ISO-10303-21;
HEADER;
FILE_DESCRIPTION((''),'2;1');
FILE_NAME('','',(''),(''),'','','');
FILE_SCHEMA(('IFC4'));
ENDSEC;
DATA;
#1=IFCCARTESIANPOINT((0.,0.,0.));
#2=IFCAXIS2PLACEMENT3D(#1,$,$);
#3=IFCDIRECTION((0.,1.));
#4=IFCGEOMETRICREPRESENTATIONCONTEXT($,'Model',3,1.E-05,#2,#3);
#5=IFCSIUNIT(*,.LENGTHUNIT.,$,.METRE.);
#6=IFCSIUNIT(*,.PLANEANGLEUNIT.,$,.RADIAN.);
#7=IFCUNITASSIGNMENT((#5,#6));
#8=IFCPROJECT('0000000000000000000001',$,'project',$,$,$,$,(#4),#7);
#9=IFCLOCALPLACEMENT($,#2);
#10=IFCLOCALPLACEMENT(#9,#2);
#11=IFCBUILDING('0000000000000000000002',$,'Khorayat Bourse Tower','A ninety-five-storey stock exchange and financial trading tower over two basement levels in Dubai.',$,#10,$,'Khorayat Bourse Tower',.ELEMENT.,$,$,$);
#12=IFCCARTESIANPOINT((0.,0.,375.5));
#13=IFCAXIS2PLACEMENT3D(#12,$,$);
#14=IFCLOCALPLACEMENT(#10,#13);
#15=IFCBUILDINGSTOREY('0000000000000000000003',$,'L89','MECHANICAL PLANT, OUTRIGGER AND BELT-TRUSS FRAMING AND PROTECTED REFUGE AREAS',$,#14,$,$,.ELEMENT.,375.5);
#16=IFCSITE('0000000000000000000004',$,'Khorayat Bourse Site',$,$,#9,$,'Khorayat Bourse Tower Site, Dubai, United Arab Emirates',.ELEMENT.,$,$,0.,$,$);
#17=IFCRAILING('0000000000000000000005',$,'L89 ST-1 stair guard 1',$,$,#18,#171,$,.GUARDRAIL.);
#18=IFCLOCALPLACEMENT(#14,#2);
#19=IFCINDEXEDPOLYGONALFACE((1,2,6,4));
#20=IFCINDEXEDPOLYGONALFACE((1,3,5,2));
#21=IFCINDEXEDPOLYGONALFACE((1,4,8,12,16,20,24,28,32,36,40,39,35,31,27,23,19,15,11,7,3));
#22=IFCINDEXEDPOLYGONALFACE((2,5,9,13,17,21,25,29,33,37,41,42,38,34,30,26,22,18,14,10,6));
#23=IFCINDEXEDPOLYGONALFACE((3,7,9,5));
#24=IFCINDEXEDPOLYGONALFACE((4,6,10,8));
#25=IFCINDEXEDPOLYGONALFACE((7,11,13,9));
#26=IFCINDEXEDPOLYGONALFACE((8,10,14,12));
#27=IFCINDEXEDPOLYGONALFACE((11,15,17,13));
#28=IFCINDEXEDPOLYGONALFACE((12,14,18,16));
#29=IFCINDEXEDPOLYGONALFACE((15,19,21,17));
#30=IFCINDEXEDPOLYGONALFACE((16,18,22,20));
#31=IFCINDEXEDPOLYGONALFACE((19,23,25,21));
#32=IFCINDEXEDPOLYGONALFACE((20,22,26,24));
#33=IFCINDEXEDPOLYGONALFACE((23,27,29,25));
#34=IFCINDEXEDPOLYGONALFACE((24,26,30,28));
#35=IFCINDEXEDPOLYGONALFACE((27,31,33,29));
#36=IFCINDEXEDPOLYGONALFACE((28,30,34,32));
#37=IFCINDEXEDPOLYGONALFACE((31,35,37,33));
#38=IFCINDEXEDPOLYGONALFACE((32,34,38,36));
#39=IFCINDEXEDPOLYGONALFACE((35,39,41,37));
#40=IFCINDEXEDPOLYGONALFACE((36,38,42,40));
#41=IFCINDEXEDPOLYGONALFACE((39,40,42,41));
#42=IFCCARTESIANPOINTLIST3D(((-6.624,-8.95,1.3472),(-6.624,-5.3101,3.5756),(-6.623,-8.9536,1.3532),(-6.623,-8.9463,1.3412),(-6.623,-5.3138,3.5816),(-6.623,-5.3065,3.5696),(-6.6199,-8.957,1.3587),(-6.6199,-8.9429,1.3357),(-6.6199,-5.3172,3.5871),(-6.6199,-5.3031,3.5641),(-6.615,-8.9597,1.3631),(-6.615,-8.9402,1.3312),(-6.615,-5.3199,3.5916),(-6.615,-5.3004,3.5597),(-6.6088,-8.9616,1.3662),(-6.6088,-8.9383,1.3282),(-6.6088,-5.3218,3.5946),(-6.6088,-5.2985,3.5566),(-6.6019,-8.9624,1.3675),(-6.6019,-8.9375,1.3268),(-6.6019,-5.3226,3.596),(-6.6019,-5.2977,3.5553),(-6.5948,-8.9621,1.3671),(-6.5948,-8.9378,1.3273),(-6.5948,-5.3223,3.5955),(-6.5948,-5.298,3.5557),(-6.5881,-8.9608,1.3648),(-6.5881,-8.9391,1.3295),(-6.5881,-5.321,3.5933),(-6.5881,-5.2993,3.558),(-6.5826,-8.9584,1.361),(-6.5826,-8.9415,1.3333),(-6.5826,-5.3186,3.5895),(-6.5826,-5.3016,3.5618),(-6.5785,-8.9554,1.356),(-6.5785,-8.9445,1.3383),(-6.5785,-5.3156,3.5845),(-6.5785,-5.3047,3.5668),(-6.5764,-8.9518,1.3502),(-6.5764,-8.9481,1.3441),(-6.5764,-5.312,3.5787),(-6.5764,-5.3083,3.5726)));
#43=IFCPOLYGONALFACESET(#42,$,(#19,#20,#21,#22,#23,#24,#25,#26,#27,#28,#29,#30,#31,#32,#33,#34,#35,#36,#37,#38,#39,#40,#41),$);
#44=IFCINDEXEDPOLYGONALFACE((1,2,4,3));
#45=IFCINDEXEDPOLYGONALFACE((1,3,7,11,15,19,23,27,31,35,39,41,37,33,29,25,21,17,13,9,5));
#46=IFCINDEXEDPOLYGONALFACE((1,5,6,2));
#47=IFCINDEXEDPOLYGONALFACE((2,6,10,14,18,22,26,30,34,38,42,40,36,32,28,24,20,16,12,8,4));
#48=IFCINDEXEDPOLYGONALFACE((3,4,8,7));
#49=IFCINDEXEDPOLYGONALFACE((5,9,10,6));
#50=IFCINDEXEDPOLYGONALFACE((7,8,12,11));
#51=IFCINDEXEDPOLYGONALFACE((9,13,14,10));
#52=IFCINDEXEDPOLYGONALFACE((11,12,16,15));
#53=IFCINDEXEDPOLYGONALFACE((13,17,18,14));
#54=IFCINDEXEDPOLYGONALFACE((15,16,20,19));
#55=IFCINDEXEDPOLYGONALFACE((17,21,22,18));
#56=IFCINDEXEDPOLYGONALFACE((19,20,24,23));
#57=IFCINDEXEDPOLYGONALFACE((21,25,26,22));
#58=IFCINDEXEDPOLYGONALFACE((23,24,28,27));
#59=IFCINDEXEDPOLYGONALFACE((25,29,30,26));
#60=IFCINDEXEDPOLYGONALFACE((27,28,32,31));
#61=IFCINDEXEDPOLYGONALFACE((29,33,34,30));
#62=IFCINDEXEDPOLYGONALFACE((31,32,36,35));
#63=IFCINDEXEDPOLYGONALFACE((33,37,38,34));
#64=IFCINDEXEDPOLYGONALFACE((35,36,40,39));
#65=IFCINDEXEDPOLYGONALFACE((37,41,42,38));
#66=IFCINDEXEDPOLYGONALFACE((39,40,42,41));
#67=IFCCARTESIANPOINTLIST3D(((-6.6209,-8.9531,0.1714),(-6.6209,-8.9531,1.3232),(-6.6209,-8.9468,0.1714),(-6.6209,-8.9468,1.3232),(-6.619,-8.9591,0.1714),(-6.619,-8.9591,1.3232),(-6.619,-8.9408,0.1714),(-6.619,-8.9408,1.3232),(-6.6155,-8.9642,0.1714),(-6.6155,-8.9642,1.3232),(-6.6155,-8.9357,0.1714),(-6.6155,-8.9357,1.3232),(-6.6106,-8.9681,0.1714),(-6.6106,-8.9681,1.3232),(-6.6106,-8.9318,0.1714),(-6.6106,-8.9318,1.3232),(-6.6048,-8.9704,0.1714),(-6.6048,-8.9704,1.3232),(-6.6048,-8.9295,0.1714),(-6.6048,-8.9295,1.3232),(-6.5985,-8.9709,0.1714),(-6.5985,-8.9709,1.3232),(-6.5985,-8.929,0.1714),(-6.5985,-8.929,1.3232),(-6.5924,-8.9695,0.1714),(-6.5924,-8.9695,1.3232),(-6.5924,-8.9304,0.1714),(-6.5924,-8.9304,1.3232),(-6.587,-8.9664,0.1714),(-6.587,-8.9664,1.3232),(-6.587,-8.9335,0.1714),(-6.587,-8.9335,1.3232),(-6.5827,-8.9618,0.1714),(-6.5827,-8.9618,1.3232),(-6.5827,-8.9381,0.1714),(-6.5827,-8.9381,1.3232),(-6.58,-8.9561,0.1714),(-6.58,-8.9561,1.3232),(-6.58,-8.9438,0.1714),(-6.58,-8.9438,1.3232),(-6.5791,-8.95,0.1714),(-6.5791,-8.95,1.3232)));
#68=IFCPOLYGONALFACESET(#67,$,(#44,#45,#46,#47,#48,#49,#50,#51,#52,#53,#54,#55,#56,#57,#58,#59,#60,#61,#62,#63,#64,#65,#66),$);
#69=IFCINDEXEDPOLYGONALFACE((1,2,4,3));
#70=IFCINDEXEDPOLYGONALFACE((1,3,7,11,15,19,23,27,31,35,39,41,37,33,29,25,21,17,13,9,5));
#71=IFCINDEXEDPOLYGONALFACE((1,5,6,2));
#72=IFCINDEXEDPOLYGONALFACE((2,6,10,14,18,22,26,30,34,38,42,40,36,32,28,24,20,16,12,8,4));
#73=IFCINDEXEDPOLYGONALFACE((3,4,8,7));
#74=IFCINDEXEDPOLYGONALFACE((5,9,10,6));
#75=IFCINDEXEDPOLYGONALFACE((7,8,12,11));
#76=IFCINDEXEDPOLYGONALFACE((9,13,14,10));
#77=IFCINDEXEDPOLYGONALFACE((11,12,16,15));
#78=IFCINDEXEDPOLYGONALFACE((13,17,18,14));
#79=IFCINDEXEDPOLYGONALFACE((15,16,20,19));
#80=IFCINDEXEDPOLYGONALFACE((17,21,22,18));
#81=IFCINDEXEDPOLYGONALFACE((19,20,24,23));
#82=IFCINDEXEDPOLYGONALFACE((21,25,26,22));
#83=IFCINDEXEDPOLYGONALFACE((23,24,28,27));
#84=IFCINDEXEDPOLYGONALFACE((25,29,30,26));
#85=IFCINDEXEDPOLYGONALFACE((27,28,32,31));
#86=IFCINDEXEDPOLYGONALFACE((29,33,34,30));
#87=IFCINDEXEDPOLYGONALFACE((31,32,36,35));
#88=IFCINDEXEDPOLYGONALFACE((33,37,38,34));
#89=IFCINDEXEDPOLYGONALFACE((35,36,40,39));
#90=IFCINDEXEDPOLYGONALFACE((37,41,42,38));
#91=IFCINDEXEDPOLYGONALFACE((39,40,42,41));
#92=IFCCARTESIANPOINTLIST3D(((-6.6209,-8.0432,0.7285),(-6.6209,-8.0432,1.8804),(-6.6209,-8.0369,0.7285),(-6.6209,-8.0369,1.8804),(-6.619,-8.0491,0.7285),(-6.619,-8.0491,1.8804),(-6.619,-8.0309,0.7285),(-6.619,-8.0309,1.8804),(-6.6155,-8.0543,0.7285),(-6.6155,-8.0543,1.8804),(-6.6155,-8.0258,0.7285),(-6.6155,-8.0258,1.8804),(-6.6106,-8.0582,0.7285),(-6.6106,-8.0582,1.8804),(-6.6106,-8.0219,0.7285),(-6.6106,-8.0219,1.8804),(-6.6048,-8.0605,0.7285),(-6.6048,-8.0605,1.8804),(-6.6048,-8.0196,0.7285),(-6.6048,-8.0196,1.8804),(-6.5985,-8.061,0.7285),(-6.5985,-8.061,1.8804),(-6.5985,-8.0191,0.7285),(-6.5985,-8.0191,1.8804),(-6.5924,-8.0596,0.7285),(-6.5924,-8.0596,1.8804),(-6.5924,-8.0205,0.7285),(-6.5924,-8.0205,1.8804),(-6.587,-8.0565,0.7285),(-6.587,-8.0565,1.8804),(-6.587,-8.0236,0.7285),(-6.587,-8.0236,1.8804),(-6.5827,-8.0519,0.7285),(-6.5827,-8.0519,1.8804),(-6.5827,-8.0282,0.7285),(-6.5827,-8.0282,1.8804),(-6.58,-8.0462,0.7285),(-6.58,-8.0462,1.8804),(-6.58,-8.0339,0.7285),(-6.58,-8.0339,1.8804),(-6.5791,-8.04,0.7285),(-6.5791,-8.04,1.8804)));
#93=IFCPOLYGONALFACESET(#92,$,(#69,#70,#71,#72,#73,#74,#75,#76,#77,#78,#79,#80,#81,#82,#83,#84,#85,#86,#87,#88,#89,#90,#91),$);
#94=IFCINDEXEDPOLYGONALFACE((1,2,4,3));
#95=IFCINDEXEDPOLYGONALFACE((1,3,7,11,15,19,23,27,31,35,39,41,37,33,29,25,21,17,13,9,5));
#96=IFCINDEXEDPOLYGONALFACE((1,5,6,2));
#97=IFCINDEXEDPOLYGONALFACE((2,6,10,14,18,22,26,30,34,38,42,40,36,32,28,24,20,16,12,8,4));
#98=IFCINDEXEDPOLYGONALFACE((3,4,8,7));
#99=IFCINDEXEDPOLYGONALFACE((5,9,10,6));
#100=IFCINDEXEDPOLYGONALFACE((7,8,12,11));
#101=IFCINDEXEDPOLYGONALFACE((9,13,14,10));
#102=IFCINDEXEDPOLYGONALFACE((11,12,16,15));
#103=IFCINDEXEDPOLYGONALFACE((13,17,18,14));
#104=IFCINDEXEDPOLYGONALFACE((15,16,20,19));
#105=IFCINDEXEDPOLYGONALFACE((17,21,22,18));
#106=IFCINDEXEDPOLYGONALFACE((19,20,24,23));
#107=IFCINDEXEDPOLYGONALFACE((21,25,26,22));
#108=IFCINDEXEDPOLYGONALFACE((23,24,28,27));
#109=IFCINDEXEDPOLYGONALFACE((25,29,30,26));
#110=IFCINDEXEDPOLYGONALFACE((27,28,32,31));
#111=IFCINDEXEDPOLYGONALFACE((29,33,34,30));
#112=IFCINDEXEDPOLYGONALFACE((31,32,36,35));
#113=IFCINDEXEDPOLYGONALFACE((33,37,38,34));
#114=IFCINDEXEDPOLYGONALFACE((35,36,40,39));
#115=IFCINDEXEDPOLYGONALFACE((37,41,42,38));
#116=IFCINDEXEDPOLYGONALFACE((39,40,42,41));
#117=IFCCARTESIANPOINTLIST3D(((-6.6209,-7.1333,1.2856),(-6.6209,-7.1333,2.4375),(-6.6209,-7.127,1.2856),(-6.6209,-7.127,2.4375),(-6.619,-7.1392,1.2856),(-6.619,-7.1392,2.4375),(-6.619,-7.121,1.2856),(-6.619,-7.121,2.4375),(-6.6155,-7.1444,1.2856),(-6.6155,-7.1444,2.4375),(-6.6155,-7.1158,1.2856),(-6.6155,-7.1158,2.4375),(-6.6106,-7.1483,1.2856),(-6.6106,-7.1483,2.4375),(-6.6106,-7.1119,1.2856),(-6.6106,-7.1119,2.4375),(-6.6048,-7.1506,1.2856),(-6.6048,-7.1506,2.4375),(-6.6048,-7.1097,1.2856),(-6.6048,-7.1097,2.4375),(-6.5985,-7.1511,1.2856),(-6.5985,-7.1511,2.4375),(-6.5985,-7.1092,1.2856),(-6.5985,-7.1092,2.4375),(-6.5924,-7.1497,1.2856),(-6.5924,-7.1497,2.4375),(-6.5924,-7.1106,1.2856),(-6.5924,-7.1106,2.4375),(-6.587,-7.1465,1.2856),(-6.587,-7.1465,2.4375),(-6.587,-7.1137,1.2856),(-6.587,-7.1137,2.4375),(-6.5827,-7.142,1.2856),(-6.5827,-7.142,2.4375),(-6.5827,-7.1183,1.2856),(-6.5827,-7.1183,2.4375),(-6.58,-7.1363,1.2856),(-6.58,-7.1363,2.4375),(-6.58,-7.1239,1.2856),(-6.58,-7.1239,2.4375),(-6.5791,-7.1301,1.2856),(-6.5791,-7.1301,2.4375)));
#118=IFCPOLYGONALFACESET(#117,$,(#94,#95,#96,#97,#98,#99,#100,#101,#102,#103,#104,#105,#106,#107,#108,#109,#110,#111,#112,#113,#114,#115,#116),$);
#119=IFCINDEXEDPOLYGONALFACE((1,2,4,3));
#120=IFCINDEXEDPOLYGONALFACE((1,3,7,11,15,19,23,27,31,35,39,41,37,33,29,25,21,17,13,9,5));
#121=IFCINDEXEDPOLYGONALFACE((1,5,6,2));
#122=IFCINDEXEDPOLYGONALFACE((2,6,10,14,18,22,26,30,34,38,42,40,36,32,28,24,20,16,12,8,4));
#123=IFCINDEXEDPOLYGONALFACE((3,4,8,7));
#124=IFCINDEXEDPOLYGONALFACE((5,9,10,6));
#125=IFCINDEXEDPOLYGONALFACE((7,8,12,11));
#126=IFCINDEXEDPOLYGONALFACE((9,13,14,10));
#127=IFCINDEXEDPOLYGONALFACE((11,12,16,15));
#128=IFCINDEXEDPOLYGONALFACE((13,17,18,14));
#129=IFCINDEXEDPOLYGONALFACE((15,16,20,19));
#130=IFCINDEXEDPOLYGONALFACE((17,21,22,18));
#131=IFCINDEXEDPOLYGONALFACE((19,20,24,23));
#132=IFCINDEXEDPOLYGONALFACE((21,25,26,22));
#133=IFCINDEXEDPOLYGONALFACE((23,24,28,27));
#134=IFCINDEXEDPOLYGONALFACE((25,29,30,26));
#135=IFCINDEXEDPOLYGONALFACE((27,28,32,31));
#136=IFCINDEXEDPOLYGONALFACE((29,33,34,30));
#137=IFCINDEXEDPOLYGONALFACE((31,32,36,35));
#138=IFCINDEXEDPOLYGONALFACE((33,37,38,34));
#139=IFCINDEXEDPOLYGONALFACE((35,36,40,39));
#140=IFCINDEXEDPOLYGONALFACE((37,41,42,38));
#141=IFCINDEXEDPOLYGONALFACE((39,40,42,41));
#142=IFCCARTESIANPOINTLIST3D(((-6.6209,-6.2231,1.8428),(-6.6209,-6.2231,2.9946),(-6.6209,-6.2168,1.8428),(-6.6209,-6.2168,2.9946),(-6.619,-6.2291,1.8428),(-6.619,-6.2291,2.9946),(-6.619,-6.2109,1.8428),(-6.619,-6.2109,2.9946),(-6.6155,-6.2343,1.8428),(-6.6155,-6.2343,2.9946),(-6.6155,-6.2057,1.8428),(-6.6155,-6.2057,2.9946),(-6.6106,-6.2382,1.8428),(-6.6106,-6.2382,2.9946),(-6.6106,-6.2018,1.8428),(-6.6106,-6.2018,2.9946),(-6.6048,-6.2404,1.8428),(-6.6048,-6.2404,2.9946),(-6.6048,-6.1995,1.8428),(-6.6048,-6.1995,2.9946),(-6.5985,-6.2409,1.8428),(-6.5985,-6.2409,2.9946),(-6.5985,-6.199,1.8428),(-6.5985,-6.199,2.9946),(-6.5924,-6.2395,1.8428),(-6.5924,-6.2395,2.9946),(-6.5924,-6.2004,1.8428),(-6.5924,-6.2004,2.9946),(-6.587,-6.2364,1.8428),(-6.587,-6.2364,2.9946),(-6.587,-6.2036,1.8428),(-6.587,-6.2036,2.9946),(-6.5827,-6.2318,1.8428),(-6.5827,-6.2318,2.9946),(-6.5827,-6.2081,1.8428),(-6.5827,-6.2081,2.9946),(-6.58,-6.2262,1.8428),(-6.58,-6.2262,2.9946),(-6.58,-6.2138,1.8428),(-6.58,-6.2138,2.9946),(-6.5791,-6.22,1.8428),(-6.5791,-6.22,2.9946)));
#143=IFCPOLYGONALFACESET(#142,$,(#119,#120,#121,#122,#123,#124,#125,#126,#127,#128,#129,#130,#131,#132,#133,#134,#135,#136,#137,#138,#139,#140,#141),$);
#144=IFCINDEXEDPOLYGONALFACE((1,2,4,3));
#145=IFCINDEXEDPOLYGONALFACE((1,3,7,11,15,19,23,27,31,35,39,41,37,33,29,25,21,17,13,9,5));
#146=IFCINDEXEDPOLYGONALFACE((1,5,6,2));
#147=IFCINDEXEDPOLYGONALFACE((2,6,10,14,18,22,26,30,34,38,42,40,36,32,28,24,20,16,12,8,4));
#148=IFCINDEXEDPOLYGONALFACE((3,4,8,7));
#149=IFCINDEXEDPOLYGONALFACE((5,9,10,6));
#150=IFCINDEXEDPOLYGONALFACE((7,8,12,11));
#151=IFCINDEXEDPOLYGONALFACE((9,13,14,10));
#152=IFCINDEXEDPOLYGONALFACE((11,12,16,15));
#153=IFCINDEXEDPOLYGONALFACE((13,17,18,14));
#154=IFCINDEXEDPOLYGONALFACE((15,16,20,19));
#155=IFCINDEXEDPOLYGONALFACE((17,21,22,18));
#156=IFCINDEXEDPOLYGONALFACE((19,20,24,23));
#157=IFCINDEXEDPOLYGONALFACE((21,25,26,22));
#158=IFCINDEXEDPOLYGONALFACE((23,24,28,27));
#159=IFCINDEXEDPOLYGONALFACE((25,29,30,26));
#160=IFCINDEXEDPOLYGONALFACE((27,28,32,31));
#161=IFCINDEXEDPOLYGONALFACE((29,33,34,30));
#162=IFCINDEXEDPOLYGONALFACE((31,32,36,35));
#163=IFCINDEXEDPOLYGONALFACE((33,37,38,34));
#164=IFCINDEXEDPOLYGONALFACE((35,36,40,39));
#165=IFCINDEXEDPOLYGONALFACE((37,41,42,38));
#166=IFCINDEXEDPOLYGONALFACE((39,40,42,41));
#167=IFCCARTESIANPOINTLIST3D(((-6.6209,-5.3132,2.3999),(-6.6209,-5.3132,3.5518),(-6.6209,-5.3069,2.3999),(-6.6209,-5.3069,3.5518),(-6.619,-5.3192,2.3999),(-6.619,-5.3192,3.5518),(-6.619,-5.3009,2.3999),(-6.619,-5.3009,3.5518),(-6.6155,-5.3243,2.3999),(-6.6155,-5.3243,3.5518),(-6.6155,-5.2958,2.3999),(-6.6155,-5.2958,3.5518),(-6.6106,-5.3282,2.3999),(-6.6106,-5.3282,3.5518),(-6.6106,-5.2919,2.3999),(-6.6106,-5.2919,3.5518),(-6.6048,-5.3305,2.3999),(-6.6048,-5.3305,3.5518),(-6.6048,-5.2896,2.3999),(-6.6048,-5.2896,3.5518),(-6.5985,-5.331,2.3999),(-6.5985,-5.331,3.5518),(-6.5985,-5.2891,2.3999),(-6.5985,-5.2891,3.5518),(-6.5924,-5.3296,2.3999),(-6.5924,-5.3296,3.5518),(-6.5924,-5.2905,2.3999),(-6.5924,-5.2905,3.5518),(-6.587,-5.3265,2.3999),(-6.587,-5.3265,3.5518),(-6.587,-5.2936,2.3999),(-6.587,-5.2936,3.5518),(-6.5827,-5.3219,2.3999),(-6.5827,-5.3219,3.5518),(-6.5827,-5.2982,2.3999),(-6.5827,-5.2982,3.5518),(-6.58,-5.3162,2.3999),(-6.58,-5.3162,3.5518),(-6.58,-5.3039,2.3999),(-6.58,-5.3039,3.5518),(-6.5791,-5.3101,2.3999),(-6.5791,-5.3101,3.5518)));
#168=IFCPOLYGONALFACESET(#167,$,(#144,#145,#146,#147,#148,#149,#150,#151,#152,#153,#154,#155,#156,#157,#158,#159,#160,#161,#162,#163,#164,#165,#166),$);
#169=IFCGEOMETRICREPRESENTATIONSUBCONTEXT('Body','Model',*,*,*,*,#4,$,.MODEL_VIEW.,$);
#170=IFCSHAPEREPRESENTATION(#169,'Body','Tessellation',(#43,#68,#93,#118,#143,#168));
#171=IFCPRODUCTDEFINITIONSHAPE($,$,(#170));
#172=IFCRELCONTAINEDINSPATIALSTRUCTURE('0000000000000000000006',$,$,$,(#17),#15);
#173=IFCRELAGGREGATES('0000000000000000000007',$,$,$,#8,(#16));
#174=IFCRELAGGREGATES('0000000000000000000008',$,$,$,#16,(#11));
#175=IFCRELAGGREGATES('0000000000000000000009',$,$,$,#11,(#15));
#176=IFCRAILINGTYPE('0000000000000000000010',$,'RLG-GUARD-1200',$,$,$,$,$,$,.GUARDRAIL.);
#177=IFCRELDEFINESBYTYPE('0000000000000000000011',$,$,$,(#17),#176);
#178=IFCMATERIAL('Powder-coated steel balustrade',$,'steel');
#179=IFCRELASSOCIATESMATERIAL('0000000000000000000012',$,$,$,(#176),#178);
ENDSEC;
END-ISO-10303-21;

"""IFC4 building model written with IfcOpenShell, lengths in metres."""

from ifc_helpers import new_model, si_unit, direction, frame, origin, origin_2d, place, context, subcontext, project, spatial, circle, extrude, source, transform, mapped, material, type_object, element, save


model = new_model("IFC4")

# Units and contexts
model_context = context("Model", 3, precision=1e-05, world=origin(), true_north=direction((0.0, 1.0)))
body_context = subcontext(model_context, "Body", "Model", "MODEL_VIEW")
ifc_project = project(units=[si_unit("LENGTHUNIT", "METRE"), si_unit("PLANEANGLEUNIT", "RADIAN")], contexts=[model_context])

# Site, building, storey
site_placement = place(None, origin())
site = spatial("IfcSite", under=ifc_project, at=site_placement, Name="Khorayat Bourse Site", LongName="Khorayat Bourse Tower Site, Dubai, United Arab Emirates", CompositionType="ELEMENT", RefElevation=0.0)
building_placement = place(site_placement, origin())
building = spatial("IfcBuilding", under=site, at=building_placement, Name="Khorayat Bourse Tower", Description="A ninety-five-storey stock exchange and financial trading tower over two basement levels in Dubai.", LongName="Khorayat Bourse Tower", CompositionType="ELEMENT")
storey_placement = place(building_placement, frame((0.0, 0.0, 375.5)))
storey = spatial("IfcBuildingStorey", under=building, at=storey_placement, Name="L89", Description="MECHANICAL PLANT, OUTRIGGER AND BELT-TRUSS FRAMING AND PROTECTED REFUGE AREAS", CompositionType="ELEMENT", Elevation=375.5)

# Railing
ifc_material_1 = material(Name="Powder-coated steel balustrade", Category="steel")
railing_type_1 = type_object("IfcRailingType", Name="RLG-GUARD-1200", PredefinedType="GUARDRAIL", material=ifc_material_1)
shared_shape_1 = source(origin(), body_context, "Body", "SweptSolid", [
    extrude(circle(Radius=0.0239, at=origin_2d()), frame((0.0, 0.0, 1.1758), z_axis=(0.0, 0.85285, 0.522156), x_axis=(-1.0, 0.0, 0.0)), (0.0, 0.0, 1.0), 4.2678),
    extrude(circle(Radius=0.021, at=origin_2d()), origin(), (0.0, 0.0, 1.0), 1.1519),
    extrude(circle(Radius=0.021, at=origin_2d()), frame((0.0, 0.9099, 0.5571)), (0.0, 0.0, 1.0), 1.1519),
    extrude(circle(Radius=0.021, at=origin_2d()), frame((0.0, 1.8198, 1.1143)), (0.0, 0.0, 1.0), 1.1519),
    extrude(circle(Radius=0.021, at=origin_2d()), frame((0.0, 2.73, 1.6714)), (0.0, 0.0, 1.0), 1.1519),
    extrude(circle(Radius=0.021, at=origin_2d()), frame((0.0, 3.6399, 2.2285)), (0.0, 0.0, 1.0), 1.1519),
])
railing_1_placement = place(storey_placement, frame((-6.6001, -8.95, 0.1714)))
element("IfcRailing", 1, at=railing_1_placement, inside=storey, type_object=railing_type_1, Name="L89 ST-1 stair guard 1", PredefinedType="GUARDRAIL", context=body_context, shape_type="MappedRepresentation", body=[
    mapped(shared_shape_1, transform((0.0, 0.0, 0.0), scale=1.0)),
])

save(model, "model.ifc")
